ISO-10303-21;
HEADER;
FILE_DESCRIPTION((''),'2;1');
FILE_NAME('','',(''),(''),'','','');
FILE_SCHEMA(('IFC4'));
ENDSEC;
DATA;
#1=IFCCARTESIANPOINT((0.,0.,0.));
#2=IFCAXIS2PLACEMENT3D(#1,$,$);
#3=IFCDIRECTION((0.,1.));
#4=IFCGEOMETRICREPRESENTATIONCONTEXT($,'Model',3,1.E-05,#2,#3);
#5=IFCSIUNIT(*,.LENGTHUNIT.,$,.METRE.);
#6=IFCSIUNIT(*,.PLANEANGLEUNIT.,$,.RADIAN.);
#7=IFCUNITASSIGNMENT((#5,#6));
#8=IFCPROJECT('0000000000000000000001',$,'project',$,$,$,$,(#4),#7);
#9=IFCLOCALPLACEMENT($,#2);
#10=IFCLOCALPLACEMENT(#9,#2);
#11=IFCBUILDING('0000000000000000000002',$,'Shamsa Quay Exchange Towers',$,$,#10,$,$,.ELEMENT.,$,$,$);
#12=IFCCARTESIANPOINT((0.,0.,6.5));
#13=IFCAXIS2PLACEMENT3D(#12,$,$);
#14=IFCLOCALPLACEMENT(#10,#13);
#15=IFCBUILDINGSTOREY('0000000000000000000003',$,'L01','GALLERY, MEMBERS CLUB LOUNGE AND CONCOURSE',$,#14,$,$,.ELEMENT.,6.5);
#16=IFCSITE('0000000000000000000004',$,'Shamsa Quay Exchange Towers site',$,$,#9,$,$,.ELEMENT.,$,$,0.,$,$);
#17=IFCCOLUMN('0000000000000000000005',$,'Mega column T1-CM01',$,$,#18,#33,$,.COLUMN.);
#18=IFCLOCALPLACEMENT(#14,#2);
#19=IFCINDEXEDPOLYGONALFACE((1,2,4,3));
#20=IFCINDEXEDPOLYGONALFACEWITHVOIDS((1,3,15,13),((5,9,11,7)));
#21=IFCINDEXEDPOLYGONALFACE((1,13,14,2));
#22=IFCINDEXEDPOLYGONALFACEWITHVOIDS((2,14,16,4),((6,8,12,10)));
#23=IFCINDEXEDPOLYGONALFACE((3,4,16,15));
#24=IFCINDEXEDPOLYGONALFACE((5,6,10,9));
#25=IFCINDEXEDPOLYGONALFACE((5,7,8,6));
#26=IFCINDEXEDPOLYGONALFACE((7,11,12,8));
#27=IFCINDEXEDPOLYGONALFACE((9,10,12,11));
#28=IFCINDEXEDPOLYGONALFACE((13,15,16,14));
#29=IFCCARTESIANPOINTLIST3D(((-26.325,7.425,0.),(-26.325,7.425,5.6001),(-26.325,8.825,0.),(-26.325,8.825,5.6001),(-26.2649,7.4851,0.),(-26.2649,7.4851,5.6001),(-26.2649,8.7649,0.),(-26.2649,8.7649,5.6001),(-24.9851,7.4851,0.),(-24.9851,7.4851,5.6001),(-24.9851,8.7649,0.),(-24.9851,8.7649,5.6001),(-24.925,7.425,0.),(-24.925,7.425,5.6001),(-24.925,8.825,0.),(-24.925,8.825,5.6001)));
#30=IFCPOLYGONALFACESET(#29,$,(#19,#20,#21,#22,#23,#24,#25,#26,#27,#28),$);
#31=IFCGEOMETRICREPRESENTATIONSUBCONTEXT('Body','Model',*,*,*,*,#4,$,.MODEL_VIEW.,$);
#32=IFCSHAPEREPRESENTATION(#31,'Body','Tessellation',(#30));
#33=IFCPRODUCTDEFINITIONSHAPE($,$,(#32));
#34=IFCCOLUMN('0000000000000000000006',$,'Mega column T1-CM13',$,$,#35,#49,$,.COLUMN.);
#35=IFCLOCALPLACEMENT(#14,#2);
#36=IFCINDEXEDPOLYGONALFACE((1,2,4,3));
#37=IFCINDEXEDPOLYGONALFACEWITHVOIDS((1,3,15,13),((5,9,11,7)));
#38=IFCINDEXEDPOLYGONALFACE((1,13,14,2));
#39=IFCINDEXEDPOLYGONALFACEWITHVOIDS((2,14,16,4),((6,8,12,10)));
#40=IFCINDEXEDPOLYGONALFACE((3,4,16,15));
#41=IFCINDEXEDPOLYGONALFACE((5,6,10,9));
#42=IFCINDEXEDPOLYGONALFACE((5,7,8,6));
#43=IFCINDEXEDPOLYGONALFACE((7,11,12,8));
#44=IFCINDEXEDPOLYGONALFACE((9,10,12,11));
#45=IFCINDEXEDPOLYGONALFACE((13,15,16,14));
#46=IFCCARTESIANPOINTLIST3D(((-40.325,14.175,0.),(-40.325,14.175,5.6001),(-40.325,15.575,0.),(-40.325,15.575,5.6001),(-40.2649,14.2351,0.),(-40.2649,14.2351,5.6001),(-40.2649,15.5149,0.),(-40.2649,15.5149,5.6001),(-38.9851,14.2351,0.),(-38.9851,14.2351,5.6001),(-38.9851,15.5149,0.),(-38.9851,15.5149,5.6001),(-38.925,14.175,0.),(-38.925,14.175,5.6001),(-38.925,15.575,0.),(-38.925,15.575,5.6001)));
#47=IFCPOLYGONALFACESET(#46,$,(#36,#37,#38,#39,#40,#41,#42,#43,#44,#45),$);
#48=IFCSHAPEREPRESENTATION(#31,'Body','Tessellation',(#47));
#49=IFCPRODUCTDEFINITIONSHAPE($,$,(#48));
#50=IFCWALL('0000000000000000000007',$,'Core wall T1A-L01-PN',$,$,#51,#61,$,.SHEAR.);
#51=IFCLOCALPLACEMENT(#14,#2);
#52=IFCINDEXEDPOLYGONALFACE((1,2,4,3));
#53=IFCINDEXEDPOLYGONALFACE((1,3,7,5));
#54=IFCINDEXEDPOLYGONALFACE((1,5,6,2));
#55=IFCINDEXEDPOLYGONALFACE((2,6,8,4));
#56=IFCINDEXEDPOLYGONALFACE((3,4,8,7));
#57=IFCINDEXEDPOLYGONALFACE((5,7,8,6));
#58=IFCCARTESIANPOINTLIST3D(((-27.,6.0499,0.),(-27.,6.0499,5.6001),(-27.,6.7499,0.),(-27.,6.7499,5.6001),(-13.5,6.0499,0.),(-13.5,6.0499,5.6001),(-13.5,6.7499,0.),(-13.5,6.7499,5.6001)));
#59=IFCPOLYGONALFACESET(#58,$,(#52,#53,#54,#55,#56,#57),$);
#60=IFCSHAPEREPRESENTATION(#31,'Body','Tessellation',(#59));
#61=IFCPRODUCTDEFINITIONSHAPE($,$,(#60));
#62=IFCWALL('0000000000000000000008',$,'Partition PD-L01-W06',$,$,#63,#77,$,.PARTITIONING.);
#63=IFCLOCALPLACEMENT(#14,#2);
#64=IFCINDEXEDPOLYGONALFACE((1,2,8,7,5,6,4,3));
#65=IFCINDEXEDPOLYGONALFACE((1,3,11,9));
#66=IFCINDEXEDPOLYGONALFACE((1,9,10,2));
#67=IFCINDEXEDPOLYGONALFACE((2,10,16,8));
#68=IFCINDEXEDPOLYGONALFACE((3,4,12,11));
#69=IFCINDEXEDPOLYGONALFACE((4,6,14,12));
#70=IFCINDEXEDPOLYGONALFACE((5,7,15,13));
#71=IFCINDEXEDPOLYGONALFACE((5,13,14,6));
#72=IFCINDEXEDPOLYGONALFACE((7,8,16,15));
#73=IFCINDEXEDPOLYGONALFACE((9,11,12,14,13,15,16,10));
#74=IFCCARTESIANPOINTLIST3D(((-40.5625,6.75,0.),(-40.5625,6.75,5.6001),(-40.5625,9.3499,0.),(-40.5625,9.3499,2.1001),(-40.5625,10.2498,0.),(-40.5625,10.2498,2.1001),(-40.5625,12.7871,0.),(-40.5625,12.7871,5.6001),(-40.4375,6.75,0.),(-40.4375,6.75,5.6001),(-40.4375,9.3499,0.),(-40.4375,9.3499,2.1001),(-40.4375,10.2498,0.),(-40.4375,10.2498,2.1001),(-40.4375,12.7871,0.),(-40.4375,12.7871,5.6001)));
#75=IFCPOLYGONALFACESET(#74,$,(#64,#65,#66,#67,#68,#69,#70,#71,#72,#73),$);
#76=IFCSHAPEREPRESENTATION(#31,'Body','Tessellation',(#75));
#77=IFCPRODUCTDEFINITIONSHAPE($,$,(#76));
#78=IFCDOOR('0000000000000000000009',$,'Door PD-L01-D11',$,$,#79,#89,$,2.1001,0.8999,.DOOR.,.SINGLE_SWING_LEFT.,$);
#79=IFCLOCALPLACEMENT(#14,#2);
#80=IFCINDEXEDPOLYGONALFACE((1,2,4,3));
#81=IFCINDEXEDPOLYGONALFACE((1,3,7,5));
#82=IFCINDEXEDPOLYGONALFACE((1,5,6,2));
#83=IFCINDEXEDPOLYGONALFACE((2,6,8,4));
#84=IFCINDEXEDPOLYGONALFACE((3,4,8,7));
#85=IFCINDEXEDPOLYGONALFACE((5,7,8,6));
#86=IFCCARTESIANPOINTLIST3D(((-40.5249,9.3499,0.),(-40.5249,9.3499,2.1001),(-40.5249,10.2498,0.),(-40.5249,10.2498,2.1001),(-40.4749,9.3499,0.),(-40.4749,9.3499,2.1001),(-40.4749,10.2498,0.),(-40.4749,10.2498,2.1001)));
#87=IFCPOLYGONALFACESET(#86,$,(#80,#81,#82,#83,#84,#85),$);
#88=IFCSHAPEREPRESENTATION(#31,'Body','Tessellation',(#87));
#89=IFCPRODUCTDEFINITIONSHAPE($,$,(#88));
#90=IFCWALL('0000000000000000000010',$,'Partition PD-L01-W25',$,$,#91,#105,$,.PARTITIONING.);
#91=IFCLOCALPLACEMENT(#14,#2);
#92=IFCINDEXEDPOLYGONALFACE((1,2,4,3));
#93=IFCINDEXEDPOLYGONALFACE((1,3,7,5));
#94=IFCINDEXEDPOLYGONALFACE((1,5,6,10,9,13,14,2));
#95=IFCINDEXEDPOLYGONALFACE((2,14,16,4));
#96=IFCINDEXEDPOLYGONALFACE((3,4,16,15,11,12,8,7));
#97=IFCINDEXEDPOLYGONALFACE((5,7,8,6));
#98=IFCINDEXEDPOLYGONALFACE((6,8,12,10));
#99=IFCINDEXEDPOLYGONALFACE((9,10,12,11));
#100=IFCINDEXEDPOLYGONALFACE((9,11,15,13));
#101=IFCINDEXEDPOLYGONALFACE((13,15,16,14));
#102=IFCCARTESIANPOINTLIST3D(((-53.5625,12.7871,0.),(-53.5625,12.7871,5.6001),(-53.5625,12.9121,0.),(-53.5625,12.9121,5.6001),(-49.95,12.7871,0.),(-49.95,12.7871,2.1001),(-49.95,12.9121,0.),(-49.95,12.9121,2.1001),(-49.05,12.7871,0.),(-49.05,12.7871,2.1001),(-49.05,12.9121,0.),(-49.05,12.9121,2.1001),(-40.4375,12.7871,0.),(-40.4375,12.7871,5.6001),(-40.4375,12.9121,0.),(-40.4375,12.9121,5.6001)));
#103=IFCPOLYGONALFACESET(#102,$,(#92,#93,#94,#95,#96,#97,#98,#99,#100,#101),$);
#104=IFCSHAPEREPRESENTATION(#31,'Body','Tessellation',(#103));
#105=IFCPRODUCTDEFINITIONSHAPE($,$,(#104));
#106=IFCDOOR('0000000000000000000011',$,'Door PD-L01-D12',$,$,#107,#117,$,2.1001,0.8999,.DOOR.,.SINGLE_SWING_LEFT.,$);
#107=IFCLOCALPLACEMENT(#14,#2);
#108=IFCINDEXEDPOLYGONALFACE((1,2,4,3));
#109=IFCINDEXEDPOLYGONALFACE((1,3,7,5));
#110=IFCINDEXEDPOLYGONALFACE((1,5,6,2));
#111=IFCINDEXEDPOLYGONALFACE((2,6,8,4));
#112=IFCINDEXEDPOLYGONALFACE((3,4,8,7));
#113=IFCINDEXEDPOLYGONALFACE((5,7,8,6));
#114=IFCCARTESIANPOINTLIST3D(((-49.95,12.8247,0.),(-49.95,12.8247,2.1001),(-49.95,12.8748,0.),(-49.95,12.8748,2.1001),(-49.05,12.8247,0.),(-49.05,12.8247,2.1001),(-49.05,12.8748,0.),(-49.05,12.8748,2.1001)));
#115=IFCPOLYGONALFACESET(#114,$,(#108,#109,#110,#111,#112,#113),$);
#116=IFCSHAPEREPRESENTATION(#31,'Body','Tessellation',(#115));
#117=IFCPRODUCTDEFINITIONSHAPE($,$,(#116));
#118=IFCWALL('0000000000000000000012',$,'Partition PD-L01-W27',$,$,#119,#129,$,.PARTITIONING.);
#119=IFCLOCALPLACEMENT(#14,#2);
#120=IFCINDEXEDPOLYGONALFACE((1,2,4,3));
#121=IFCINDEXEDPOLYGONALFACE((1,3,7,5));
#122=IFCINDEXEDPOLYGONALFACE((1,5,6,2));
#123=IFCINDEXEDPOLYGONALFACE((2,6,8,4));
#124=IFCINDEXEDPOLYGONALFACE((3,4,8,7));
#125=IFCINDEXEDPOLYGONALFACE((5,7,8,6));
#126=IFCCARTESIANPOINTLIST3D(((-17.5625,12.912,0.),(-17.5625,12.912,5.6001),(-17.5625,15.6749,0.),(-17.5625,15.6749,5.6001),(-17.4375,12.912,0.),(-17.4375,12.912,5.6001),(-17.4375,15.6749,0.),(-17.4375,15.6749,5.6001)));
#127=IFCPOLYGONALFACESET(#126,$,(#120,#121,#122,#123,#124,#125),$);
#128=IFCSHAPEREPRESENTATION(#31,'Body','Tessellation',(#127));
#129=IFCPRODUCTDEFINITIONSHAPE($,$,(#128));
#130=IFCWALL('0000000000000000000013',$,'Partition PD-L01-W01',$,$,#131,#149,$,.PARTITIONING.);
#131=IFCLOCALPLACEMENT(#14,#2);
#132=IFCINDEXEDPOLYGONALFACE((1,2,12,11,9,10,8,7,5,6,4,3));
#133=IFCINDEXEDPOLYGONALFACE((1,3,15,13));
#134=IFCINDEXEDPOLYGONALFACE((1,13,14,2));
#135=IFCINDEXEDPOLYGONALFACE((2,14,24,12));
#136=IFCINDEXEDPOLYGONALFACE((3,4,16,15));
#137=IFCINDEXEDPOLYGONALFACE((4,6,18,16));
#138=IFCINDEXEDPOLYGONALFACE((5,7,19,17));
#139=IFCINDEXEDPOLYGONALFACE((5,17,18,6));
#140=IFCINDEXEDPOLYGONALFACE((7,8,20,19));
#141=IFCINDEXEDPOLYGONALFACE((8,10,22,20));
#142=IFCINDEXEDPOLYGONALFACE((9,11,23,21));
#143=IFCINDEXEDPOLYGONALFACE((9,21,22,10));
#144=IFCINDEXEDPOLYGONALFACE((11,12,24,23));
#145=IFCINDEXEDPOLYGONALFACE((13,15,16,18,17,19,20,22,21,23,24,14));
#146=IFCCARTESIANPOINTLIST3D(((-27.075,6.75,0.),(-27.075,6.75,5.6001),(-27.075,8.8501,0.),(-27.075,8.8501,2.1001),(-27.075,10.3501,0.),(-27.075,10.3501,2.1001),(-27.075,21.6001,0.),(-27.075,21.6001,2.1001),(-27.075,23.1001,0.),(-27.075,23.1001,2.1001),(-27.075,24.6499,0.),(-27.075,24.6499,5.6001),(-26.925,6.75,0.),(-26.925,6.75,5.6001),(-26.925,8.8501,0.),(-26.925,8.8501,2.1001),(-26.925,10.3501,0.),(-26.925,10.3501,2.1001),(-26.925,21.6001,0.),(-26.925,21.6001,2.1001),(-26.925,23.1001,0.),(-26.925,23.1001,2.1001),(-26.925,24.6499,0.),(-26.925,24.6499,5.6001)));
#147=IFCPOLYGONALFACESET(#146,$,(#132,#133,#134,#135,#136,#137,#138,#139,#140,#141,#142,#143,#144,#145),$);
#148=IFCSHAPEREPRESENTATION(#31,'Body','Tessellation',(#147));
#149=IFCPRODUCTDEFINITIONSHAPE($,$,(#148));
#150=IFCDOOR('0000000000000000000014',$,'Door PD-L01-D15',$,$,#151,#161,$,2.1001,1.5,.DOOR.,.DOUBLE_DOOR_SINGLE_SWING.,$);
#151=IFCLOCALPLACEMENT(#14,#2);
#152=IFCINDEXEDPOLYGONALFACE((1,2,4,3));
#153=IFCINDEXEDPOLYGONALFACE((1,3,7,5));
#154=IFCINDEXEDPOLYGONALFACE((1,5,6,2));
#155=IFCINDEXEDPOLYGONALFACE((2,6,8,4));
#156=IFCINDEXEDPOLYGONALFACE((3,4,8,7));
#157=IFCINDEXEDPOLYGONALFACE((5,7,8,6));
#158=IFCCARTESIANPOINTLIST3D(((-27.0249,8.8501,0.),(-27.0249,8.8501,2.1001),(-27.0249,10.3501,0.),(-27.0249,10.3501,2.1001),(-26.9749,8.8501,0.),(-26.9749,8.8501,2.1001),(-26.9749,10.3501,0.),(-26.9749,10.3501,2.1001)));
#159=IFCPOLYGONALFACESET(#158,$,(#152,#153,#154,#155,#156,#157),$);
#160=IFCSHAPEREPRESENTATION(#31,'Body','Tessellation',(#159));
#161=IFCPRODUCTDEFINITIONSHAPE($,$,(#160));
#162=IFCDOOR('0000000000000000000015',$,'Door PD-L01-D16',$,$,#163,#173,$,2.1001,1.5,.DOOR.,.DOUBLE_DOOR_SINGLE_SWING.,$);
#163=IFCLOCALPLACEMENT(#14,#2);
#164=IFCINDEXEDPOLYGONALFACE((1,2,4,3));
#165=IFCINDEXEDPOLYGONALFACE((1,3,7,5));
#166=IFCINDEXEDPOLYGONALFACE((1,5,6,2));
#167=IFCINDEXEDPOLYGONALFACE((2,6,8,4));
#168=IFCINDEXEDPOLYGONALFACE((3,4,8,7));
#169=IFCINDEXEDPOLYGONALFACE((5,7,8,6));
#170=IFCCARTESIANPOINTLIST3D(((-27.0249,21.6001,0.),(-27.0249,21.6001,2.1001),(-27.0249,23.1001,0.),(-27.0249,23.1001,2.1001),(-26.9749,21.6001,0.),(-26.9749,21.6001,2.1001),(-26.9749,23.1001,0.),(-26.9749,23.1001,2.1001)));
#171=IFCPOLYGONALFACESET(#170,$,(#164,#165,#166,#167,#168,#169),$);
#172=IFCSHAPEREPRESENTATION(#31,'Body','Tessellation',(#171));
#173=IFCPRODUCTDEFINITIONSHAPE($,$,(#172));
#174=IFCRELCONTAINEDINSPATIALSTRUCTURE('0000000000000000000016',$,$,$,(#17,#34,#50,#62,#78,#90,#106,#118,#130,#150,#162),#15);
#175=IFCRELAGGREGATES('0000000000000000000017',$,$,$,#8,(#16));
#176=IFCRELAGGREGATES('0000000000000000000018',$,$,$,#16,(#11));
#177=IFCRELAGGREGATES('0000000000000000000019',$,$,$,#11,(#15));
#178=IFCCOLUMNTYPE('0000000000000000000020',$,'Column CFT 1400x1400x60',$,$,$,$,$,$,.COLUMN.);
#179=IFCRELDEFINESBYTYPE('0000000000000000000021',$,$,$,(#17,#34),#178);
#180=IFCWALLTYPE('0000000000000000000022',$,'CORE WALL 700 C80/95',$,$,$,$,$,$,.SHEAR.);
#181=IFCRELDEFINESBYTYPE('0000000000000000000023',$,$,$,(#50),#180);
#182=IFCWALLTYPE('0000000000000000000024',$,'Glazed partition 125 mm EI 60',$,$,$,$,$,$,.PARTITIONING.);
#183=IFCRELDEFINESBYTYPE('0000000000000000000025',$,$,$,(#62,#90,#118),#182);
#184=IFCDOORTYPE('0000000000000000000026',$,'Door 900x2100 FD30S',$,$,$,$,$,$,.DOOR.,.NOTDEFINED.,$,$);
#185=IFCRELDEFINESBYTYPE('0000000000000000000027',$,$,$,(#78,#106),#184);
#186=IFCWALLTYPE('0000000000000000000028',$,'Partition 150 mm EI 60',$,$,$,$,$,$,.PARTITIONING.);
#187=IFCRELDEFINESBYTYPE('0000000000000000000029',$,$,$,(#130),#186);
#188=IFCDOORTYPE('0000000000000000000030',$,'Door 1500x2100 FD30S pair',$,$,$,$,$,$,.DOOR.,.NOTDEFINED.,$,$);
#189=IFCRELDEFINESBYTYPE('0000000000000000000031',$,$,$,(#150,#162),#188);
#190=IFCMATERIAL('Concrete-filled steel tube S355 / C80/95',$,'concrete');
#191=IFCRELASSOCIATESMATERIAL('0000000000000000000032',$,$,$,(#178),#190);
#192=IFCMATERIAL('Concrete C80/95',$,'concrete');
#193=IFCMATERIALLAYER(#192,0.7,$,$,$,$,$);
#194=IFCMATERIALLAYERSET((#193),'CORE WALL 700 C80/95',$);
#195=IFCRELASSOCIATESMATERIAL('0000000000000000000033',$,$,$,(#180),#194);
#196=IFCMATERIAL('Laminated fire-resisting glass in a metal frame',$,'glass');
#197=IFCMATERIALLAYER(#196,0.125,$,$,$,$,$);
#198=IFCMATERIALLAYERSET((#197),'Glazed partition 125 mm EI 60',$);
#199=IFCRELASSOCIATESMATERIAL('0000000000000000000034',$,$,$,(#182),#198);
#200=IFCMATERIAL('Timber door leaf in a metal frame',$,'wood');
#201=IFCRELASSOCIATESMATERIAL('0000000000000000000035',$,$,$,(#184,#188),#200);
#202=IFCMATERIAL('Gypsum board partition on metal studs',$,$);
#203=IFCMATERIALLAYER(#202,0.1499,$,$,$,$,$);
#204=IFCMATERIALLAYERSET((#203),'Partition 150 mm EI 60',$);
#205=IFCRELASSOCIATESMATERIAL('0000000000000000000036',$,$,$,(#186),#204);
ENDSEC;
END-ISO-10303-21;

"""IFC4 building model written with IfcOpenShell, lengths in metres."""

from ifc_helpers import new_model, si_unit, direction, frame, frame_2d, origin, origin_2d, place, context, subcontext, project, spatial, rectangle, hollow_rectangle, extrude, material, layer, layer_set, material_profile, profile_set, type_object, element, fill, save


model = new_model("IFC4")

# Units and contexts
model_context = context("Model", 3, precision=1e-05, world=origin(), true_north=direction((0.0, 1.0)))
body_context = subcontext(model_context, "Body", "Model", "MODEL_VIEW")
ifc_project = project(units=[si_unit("LENGTHUNIT", "METRE"), si_unit("PLANEANGLEUNIT", "RADIAN")], contexts=[model_context])

# Site, building, storey
site_placement = place(None, origin())
site = spatial("IfcSite", under=ifc_project, at=site_placement, Name="Shamsa Quay Exchange Towers site", CompositionType="ELEMENT", RefElevation=0.0)
building_placement = place(site_placement, origin())
building = spatial("IfcBuilding", under=site, at=building_placement, Name="Shamsa Quay Exchange Towers", CompositionType="ELEMENT")
storey_placement = place(building_placement, frame((0.0, 0.0, 6.5)))
storey = spatial("IfcBuildingStorey", under=building, at=storey_placement, Name="L01", Description="GALLERY, MEMBERS CLUB LOUNGE AND CONCOURSE", CompositionType="ELEMENT", Elevation=6.5)

# Columns
ifc_material_1 = material(Name="Concrete-filled steel tube S355 / C80/95", Category="concrete")
ifc_material_profile = material_profile(ifc_material_1, hollow_rectangle(XDim=1.3999, YDim=1.3999, WallThickness=0.0601, at=origin_2d()), Name="CFT 1400x1400x60")
ifc_profile_set = profile_set([ifc_material_profile], Name="Concrete-filled steel tube S355 / C80/95")
column_type = type_object("IfcColumnType", Name="Column CFT 1400x1400x60", PredefinedType="COLUMN", material=ifc_profile_set)
for number, where, name in (
    (1, (-25.625, 8.125, 0.0), "Mega column T1-CM01"),
    (2, (-39.625, 14.875, 0.0), "Mega column T1-CM13"),
):
    element("IfcColumn", number, at=place(storey_placement, frame(where)), inside=storey, type_object=column_type, Name=name, PredefinedType="COLUMN", context=body_context, shape_type="SweptSolid", body=[
        extrude(hollow_rectangle(XDim=1.3999, YDim=1.3999, WallThickness=0.0601, at=origin_2d()), origin(), (0.0, 0.0, 1.0), 5.6001),
    ])

# Wall
ifc_material_2 = material(Name="Concrete C80/95", Category="concrete")
ifc_layer_1 = layer(ifc_material_2, 0.7)
ifc_layer_set_1 = layer_set([ifc_layer_1], Name="CORE WALL 700 C80/95")
wall_type_1 = type_object("IfcWallType", Name="CORE WALL 700 C80/95", PredefinedType="SHEAR", material=ifc_layer_set_1)
wall_1_placement = place(storey_placement, frame((-27.0, 6.3999, 0.0)))
element("IfcWall", 3, at=wall_1_placement, inside=storey, type_object=wall_type_1, Name="Core wall T1A-L01-PN", PredefinedType="SHEAR", context=body_context, shape_type="SweptSolid", body=[
    extrude(rectangle(XDim=13.5, YDim=0.7, at=frame_2d((6.75, 0.0))), origin(), (0.0, 0.0, 1.0), 5.6001),
])

# Walls, openings, doors
ifc_material_3 = material(Name="Laminated fire-resisting glass in a metal frame", Category="glass")
ifc_layer_2 = layer(ifc_material_3, 0.125)
ifc_layer_set_2 = layer_set([ifc_layer_2], Name="Glazed partition 125 mm EI 60")
wall_type_2 = type_object("IfcWallType", Name="Glazed partition 125 mm EI 60", PredefinedType="PARTITIONING", material=ifc_layer_set_2)
wall_2_placement = place(storey_placement, frame((-40.5, 6.75, 0.0), z_axis=(0.0, 0.0, 1.0), x_axis=(0.0, 1.0, 0.0)))
wall_2 = element("IfcWall", 4, at=wall_2_placement, inside=storey, type_object=wall_type_2, Name="Partition PD-L01-W06", PredefinedType="PARTITIONING", context=body_context, shape_type="SweptSolid", body=[
    extrude(rectangle(XDim=6.0371, YDim=0.125, at=frame_2d((3.0186, 0.0))), origin(), (0.0, 0.0, 1.0), 5.6001),
])
opening_1_placement = place(wall_2_placement, frame((2.5999, 0.0, 0.0)))
opening_1 = element("IfcOpeningElement", 5, at=opening_1_placement, cuts=wall_2, PredefinedType="OPENING", context=body_context, shape_type="SweptSolid", body=[
    extrude(rectangle(XDim=0.8999, YDim=2.1001, at=frame_2d((0.45, 1.05))), frame((0.0, 0.0725, 0.0), z_axis=(0.0, -1.0, 0.0), x_axis=(1.0, 0.0, 0.0)), (0.0, 0.0, 1.0), 0.145),
])
ifc_material_4 = material(Name="Timber door leaf in a metal frame", Category="wood")
door_type_1 = type_object("IfcDoorType", Name="Door 900x2100 FD30S", OperationType="NOTDEFINED", PredefinedType="DOOR", material=ifc_material_4)
door_1_placement = place(opening_1_placement, origin())
door_1 = element("IfcDoor", 6, at=door_1_placement, inside=storey, type_object=door_type_1, Name="Door PD-L01-D11", OperationType="SINGLE_SWING_LEFT", OverallHeight=2.1001, OverallWidth=0.8999, PredefinedType="DOOR", context=body_context, shape_type="SweptSolid", body=[
    extrude(rectangle(XDim=0.8999, YDim=2.1001, at=frame_2d((0.45, 1.05))), frame((0.0, 0.0249, 0.0), z_axis=(0.0, -1.0, 0.0), x_axis=(1.0, 0.0, 0.0)), (0.0, 0.0, 1.0), 0.05),
])
fill(opening_1, door_1)
wall_3_placement = place(storey_placement, frame((-40.4375, 12.8496, 0.0), z_axis=(0.0, 0.0, 1.0), x_axis=(-1.0, 0.0, 0.0)))
wall_3 = element("IfcWall", 7, at=wall_3_placement, inside=storey, type_object=wall_type_2, Name="Partition PD-L01-W25", PredefinedType="PARTITIONING", context=body_context, shape_type="SweptSolid", body=[
    extrude(rectangle(XDim=13.125, YDim=0.125, at=frame_2d((6.5625, 0.0))), origin(), (0.0, 0.0, 1.0), 5.6001),
])
opening_2_placement = place(wall_3_placement, frame((8.6125, 0.0, 0.0)))
opening_2 = element("IfcOpeningElement", 8, at=opening_2_placement, cuts=wall_3, PredefinedType="OPENING", context=body_context, shape_type="SweptSolid", body=[
    extrude(rectangle(XDim=0.8999, YDim=2.1001, at=frame_2d((0.45, 1.05))), frame((0.0, 0.0725, 0.0), z_axis=(0.0, -1.0, 0.0), x_axis=(1.0, 0.0, 0.0)), (0.0, 0.0, 1.0), 0.145),
])
door_2_placement = place(opening_2_placement, origin())
door_2 = element("IfcDoor", 9, at=door_2_placement, inside=storey, type_object=door_type_1, Name="Door PD-L01-D12", OperationType="SINGLE_SWING_LEFT", OverallHeight=2.1001, OverallWidth=0.8999, PredefinedType="DOOR", context=body_context, shape_type="SweptSolid", body=[
    extrude(rectangle(XDim=0.8999, YDim=2.1001, at=frame_2d((0.45, 1.05))), frame((0.0, 0.0249, 0.0), z_axis=(0.0, -1.0, 0.0), x_axis=(1.0, 0.0, 0.0)), (0.0, 0.0, 1.0), 0.05),
])
fill(opening_2, door_2)

# Wall
wall_4_placement = place(storey_placement, frame((-17.5, 12.9121, 0.0), z_axis=(0.0, 0.0, 1.0), x_axis=(0.0, 1.0, 0.0)))
element("IfcWall", 10, at=wall_4_placement, inside=storey, type_object=wall_type_2, Name="Partition PD-L01-W27", PredefinedType="PARTITIONING", context=body_context, shape_type="SweptSolid", body=[
    extrude(rectangle(XDim=2.7629, YDim=0.125, at=frame_2d((1.3813, 0.0))), origin(), (0.0, 0.0, 1.0), 5.6001),
])

# Wall, openings, doors
ifc_material_5 = material(Name="Gypsum board partition on metal studs")
ifc_layer_3 = layer(ifc_material_5, 0.1499)
ifc_layer_set_3 = layer_set([ifc_layer_3], Name="Partition 150 mm EI 60")
wall_type_3 = type_object("IfcWallType", Name="Partition 150 mm EI 60", PredefinedType="PARTITIONING", material=ifc_layer_set_3)
wall_5_placement = place(storey_placement, frame((-27.0, 6.75, 0.0), z_axis=(0.0, 0.0, 1.0), x_axis=(0.0, 1.0, 0.0)))
wall_5 = element("IfcWall", 11, at=wall_5_placement, inside=storey, type_object=wall_type_3, Name="Partition PD-L01-W01", PredefinedType="PARTITIONING", context=body_context, shape_type="SweptSolid", body=[
    extrude(rectangle(XDim=17.8999, YDim=0.1499, at=frame_2d((8.95, 0.0))), origin(), (0.0, 0.0, 1.0), 5.6001),
])
opening_3_placement = place(wall_5_placement, frame((2.1001, 0.0, 0.0)))
opening_3 = element("IfcOpeningElement", 12, at=opening_3_placement, cuts=wall_5, PredefinedType="OPENING", context=body_context, shape_type="SweptSolid", body=[
    extrude(rectangle(XDim=1.5, YDim=2.1001, at=frame_2d((0.75, 1.05))), frame((0.0, 0.085, 0.0), z_axis=(0.0, -1.0, 0.0), x_axis=(1.0, 0.0, 0.0)), (0.0, 0.0, 1.0), 0.1699),
])
opening_4_placement = place(wall_5_placement, frame((14.8501, 0.0, 0.0)))
opening_4 = element("IfcOpeningElement", 13, at=opening_4_placement, cuts=wall_5, PredefinedType="OPENING", context=body_context, shape_type="SweptSolid", body=[
    extrude(rectangle(XDim=1.5, YDim=2.1001, at=frame_2d((0.75, 1.05))), frame((0.0, 0.085, 0.0), z_axis=(0.0, -1.0, 0.0), x_axis=(1.0, 0.0, 0.0)), (0.0, 0.0, 1.0), 0.1699),
])
door_type_2 = type_object("IfcDoorType", Name="Door 1500x2100 FD30S pair", OperationType="NOTDEFINED", PredefinedType="DOOR", material=ifc_material_4)
door_3_placement = place(opening_3_placement, origin())
door_3 = element("IfcDoor", 14, at=door_3_placement, inside=storey, type_object=door_type_2, Name="Door PD-L01-D15", OperationType="DOUBLE_DOOR_SINGLE_SWING", OverallHeight=2.1001, OverallWidth=1.5, PredefinedType="DOOR", context=body_context, shape_type="SweptSolid", body=[
    extrude(rectangle(XDim=1.5, YDim=2.1001, at=frame_2d((0.75, 1.05))), frame((0.0, 0.0249, 0.0), z_axis=(0.0, -1.0, 0.0), x_axis=(1.0, 0.0, 0.0)), (0.0, 0.0, 1.0), 0.05),
])
fill(opening_3, door_3)
door_4_placement = place(opening_4_placement, origin())
door_4 = element("IfcDoor", 15, at=door_4_placement, inside=storey, type_object=door_type_2, Name="Door PD-L01-D16", OperationType="DOUBLE_DOOR_SINGLE_SWING", OverallHeight=2.1001, OverallWidth=1.5, PredefinedType="DOOR", context=body_context, shape_type="SweptSolid", body=[
    extrude(rectangle(XDim=1.5, YDim=2.1001, at=frame_2d((0.75, 1.05))), frame((0.0, 0.0249, 0.0), z_axis=(0.0, -1.0, 0.0), x_axis=(1.0, 0.0, 0.0)), (0.0, 0.0, 1.0), 0.05),
])
fill(opening_4, door_4)

save(model, "model.ifc")
